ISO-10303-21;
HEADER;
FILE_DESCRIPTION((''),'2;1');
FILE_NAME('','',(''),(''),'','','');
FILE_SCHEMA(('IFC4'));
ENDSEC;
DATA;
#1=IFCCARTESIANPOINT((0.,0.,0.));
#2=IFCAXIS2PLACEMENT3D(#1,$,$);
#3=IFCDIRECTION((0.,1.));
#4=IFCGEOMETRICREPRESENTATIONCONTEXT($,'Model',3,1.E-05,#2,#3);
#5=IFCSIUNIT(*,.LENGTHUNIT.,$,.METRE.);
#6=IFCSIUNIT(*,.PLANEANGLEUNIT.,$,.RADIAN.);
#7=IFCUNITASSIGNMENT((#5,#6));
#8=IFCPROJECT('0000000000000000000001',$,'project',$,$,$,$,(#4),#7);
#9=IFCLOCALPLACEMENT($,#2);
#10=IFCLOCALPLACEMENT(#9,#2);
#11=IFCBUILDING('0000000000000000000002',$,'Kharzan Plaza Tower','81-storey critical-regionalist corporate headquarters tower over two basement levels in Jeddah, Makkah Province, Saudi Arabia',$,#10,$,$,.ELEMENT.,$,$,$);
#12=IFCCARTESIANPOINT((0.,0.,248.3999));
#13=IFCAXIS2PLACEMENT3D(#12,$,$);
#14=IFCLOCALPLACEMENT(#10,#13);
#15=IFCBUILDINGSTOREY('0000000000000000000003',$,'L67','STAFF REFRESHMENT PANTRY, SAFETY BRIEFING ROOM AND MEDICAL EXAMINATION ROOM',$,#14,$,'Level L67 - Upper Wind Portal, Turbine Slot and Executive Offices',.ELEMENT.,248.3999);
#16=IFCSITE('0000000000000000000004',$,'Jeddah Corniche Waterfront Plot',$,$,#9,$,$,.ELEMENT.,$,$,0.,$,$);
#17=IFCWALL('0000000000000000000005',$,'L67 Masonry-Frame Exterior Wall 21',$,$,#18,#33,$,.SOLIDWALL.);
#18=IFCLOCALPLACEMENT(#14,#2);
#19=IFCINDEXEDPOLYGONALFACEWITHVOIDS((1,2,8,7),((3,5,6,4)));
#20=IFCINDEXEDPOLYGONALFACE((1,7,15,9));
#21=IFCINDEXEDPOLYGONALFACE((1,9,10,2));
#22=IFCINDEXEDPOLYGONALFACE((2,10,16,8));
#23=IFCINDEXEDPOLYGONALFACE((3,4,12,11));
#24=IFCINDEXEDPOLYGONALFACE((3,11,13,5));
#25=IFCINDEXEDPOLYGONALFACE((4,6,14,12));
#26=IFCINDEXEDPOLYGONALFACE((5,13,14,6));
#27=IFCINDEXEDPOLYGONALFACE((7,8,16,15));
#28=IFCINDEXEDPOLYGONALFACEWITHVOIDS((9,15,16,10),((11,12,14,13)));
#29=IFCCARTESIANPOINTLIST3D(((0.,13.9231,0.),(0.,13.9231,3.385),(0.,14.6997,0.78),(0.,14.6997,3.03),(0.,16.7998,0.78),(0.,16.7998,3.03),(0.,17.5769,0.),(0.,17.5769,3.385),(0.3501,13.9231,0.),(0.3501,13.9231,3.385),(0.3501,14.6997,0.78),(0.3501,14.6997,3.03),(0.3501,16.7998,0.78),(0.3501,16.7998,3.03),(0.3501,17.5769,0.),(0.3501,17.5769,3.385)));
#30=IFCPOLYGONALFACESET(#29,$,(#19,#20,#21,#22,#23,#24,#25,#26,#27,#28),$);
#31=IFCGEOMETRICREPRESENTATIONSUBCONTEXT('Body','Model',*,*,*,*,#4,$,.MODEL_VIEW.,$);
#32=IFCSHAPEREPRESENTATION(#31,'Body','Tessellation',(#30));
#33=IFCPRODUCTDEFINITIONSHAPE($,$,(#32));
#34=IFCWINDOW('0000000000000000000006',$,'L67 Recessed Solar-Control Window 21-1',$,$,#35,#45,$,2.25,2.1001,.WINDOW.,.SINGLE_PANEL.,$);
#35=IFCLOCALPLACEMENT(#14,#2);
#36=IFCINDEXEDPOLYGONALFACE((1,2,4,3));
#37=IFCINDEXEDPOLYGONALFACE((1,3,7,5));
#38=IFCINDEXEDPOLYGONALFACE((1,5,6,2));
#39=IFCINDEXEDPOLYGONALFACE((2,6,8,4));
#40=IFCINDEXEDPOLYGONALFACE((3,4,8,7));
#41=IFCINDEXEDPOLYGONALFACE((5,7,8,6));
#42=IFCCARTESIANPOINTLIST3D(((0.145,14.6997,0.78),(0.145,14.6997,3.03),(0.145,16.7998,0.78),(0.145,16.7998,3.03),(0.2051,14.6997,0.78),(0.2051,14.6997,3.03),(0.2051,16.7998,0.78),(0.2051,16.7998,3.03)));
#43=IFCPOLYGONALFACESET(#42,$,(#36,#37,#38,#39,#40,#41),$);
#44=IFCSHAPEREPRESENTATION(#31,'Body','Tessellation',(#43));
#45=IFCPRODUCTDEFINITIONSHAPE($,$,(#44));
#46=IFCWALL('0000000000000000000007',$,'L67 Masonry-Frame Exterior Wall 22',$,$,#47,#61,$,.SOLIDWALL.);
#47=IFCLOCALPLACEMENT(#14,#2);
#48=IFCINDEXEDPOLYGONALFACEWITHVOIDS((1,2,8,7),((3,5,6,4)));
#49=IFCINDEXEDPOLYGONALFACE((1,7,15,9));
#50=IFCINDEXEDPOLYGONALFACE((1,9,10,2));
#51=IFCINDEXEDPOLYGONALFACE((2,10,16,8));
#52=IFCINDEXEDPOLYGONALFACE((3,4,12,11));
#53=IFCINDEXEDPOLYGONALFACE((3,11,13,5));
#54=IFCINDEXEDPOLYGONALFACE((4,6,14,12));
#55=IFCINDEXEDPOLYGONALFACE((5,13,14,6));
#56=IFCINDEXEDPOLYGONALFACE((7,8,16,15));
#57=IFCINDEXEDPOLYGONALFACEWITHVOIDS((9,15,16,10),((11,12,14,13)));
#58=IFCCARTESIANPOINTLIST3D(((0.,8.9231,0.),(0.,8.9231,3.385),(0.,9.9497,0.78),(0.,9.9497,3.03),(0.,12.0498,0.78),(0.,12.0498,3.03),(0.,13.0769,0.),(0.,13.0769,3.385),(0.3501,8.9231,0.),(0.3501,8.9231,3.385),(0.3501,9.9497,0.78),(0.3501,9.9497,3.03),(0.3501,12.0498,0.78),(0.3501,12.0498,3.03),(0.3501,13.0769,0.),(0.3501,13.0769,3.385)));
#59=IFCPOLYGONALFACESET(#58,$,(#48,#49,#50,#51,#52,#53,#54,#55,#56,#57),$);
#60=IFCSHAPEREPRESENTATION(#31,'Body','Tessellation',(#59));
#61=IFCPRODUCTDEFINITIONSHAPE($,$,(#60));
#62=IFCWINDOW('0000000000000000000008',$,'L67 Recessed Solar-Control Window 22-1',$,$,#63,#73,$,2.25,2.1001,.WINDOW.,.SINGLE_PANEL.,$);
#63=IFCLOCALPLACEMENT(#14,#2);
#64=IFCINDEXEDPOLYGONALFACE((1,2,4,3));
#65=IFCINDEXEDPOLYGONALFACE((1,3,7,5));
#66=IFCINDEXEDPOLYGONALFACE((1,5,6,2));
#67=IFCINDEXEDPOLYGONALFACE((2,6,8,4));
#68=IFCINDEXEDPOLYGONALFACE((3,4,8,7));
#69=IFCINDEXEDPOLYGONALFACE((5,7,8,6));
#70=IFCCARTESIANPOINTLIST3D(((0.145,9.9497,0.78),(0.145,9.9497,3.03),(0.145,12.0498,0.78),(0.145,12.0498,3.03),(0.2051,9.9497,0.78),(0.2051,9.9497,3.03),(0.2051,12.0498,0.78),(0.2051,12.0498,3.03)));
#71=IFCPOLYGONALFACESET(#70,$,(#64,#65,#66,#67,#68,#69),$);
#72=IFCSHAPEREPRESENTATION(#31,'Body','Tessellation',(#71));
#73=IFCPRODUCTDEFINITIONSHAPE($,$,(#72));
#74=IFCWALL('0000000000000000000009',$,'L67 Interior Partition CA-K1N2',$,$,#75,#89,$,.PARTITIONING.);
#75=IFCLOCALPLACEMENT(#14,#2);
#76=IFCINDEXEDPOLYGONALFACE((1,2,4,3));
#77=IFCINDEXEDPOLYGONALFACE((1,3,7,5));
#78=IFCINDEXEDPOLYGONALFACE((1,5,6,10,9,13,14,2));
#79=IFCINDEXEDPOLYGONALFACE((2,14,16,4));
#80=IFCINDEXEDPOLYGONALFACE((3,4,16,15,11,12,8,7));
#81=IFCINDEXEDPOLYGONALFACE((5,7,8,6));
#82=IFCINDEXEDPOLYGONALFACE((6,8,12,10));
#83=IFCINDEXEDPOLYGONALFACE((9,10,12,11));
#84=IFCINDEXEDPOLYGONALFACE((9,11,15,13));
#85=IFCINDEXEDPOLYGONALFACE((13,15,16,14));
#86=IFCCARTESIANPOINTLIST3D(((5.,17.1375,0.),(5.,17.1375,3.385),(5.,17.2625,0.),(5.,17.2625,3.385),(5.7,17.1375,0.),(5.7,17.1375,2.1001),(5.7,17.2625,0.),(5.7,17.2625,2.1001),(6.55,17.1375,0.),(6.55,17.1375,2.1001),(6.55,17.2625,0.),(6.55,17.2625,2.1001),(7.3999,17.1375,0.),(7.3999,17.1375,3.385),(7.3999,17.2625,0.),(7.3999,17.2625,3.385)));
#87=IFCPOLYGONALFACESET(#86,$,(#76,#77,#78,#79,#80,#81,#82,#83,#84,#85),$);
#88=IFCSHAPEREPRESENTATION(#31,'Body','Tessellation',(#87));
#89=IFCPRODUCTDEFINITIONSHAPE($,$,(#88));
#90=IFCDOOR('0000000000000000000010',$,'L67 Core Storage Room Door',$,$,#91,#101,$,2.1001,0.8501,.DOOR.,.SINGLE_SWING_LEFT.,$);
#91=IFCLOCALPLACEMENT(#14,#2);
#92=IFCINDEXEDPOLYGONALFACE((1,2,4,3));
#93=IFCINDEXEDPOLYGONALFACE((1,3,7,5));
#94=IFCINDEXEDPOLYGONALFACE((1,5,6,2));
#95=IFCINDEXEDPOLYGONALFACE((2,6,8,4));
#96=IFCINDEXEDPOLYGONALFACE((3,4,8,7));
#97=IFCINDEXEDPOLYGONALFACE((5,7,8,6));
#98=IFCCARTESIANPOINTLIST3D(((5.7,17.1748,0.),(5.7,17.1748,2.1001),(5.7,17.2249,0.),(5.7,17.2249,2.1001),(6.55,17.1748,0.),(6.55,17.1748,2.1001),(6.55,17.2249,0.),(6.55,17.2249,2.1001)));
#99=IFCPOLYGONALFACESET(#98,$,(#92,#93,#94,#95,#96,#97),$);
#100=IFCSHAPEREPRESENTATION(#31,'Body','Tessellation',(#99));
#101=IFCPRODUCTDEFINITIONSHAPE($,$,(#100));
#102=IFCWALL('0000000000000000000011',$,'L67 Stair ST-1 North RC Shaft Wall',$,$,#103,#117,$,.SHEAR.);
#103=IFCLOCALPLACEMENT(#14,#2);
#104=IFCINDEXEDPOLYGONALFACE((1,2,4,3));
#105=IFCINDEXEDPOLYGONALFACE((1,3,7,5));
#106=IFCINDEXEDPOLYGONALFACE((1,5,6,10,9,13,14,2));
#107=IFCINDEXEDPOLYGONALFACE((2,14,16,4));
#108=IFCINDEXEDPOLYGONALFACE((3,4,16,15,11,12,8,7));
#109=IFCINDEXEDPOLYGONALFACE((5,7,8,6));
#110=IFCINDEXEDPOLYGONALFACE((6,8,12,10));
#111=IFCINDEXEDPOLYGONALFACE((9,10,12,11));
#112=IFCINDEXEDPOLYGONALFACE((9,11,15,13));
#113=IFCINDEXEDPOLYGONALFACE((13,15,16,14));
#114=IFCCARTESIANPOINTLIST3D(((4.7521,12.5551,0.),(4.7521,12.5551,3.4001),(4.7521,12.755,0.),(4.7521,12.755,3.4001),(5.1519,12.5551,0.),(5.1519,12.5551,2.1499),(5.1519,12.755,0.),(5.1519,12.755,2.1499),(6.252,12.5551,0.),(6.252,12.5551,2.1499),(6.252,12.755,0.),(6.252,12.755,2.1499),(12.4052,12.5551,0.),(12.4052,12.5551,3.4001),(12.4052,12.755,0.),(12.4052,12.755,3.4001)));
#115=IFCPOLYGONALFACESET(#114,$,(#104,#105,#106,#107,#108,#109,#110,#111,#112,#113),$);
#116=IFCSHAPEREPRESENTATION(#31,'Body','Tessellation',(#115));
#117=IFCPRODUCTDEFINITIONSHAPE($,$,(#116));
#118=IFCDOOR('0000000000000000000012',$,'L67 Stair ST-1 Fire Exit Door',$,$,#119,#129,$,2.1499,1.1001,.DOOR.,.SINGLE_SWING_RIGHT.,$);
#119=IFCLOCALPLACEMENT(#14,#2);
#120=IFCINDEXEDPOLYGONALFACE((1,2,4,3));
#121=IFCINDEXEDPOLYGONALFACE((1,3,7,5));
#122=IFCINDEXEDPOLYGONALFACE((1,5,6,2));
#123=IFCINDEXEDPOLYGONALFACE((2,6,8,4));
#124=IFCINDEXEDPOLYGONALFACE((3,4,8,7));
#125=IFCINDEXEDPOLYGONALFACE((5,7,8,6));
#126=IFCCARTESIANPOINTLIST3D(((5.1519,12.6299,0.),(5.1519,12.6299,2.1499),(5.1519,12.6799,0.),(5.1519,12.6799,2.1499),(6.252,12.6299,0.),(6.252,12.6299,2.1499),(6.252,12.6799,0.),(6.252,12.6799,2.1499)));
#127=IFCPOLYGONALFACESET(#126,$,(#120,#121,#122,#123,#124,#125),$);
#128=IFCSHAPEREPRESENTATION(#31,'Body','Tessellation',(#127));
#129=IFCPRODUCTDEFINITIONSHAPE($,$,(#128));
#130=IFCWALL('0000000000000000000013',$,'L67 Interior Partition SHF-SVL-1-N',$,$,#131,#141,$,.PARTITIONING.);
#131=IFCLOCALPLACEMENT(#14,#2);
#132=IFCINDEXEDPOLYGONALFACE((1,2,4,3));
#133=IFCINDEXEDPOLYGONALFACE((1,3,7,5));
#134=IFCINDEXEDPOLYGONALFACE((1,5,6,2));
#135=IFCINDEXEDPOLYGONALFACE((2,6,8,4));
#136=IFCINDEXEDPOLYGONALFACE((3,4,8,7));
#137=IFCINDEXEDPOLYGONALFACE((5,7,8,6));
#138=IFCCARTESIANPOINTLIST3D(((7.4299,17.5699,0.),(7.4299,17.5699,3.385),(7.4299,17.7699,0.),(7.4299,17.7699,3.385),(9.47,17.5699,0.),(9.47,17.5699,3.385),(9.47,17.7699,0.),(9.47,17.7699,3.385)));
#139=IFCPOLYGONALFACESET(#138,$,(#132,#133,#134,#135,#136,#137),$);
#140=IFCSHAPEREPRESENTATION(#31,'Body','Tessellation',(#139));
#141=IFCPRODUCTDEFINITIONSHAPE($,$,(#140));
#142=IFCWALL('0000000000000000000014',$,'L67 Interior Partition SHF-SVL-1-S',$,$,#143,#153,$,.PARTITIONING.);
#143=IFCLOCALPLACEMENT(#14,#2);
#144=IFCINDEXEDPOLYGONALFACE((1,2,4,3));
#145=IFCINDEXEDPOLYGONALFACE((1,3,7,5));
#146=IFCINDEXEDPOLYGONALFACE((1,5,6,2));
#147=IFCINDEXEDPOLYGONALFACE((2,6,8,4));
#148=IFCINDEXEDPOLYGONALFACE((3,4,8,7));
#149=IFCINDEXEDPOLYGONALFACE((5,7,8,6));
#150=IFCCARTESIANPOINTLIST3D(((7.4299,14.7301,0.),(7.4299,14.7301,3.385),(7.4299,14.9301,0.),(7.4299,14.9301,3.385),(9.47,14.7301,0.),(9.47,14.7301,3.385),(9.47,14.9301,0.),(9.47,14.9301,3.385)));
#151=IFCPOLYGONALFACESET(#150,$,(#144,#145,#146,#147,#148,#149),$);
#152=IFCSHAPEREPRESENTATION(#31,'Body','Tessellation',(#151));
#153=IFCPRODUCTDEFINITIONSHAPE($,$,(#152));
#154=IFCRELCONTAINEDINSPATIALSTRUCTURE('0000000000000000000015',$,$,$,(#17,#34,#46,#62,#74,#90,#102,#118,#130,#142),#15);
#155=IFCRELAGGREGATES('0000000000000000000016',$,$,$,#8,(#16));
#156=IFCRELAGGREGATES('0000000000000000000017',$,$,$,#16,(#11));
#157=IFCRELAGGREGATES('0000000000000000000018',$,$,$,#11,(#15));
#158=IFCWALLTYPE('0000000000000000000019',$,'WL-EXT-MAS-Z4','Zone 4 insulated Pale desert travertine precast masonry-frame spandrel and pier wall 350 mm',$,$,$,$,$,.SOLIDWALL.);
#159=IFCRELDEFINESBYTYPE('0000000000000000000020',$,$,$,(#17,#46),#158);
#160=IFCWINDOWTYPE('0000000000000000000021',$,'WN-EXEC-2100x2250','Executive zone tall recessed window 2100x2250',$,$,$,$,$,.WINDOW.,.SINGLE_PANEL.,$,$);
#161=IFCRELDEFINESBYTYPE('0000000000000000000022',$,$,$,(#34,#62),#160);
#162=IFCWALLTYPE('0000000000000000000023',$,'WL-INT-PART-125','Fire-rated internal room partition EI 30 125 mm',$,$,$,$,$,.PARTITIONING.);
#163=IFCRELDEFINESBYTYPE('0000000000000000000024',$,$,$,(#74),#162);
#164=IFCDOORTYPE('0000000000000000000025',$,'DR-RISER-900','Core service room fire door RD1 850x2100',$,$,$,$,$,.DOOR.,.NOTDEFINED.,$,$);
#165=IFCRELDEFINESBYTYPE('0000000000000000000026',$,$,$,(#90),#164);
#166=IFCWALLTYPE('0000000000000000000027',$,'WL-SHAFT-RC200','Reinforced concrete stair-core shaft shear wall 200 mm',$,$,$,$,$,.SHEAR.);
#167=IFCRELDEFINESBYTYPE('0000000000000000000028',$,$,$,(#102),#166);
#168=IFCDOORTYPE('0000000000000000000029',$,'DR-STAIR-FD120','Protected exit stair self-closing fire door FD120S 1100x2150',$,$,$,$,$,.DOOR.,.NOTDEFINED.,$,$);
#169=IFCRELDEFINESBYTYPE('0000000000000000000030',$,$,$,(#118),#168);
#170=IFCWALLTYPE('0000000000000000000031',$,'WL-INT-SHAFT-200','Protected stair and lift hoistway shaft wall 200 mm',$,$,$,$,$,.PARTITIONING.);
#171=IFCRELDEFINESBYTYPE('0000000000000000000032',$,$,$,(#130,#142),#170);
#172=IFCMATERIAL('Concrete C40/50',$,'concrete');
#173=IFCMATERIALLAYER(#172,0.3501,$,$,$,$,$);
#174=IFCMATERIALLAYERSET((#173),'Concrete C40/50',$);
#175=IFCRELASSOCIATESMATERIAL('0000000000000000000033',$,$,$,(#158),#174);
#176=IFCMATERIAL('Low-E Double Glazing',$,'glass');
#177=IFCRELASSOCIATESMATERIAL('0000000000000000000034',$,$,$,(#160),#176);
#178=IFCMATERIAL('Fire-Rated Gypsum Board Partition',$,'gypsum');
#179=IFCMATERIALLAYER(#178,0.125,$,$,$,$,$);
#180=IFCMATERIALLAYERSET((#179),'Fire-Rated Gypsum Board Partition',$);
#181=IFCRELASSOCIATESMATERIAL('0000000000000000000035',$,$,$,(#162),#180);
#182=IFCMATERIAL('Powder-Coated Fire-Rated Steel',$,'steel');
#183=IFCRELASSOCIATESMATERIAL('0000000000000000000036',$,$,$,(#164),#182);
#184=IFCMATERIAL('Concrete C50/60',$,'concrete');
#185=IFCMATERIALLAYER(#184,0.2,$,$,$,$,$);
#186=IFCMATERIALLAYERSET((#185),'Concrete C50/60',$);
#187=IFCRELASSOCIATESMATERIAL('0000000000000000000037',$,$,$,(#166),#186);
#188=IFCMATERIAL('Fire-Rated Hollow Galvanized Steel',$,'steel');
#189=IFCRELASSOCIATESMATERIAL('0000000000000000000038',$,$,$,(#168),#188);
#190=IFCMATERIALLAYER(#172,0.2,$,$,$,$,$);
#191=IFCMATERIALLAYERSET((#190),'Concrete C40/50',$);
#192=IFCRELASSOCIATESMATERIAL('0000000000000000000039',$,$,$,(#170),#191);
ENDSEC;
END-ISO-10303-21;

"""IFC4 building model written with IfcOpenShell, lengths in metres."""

from ifc_helpers import new_model, si_unit, direction, frame, frame_2d, origin, place, context, subcontext, project, spatial, rectangle, extrude, source, transform, mapped, material, layer, layer_set, type_object, element, fill, save


model = new_model("IFC4")

# Units and contexts
model_context = context("Model", 3, precision=1e-05, world=origin(), true_north=direction((0.0, 1.0)))
body_context = subcontext(model_context, "Body", "Model", "MODEL_VIEW")
ifc_project = project(units=[si_unit("LENGTHUNIT", "METRE"), si_unit("PLANEANGLEUNIT", "RADIAN")], contexts=[model_context])

# Site, building, storey
site_placement = place(None, origin())
site = spatial("IfcSite", under=ifc_project, at=site_placement, Name="Jeddah Corniche Waterfront Plot", CompositionType="ELEMENT", RefElevation=0.0)
building_placement = place(site_placement, origin())
building = spatial("IfcBuilding", under=site, at=building_placement, Name="Kharzan Plaza Tower", Description="81-storey critical-regionalist corporate headquarters tower over two basement levels in Jeddah, Makkah Province, Saudi Arabia", CompositionType="ELEMENT")
storey_placement = place(building_placement, frame((0.0, 0.0, 248.3999)))
storey = spatial("IfcBuildingStorey", under=building, at=storey_placement, Name="L67", Description="STAFF REFRESHMENT PANTRY, SAFETY BRIEFING ROOM AND MEDICAL EXAMINATION ROOM", LongName="Level L67 - Upper Wind Portal, Turbine Slot and Executive Offices", CompositionType="ELEMENT", Elevation=248.3999)

# Shared definitions
ifc_material_1 = material(Name="Concrete C50/60", Category="concrete")

# Walls, openings, windows
ifc_material_2 = material(Name="Concrete C40/50", Category="concrete")
ifc_layer_1 = layer(ifc_material_2, 0.3501)
ifc_layer_set_1 = layer_set([ifc_layer_1], Name="Concrete C40/50")
wall_type_1 = type_object("IfcWallType", Name="WL-EXT-MAS-Z4", Description="Zone 4 insulated Pale desert travertine precast masonry-frame spandrel and pier wall 350 mm", PredefinedType="SOLIDWALL", material=ifc_layer_set_1)
wall_1_placement = place(storey_placement, frame((0.175, 17.5769, 0.0), z_axis=(0.0, 0.0, 1.0), x_axis=(0.0, -1.0, 0.0)))
wall_1 = element("IfcWall", 1, at=wall_1_placement, inside=storey, type_object=wall_type_1, Name="L67 Masonry-Frame Exterior Wall 21", PredefinedType="SOLIDWALL", context=body_context, shape_type="SweptSolid", body=[
    extrude(rectangle(XDim=3.6538, YDim=0.3501, at=frame_2d((1.8269, 0.0))), origin(), (0.0, 0.0, 1.0), 3.385),
])
opening_1_placement = place(wall_1_placement, frame((0.7771, 0.0, 0.78)))
opening_1 = element("IfcOpeningElement", 2, at=opening_1_placement, cuts=wall_1, PredefinedType="OPENING", context=body_context, shape_type="SweptSolid", body=[
    extrude(rectangle(XDim=2.1001, YDim=2.25, at=frame_2d((1.05, 1.125))), frame((0.0, 0.1851, 0.0), z_axis=(0.0, -1.0, 0.0), x_axis=(1.0, 0.0, 0.0)), (0.0, 0.0, 1.0), 0.3701),
])
ifc_material_3 = material(Name="Low-E Double Glazing", Category="glass")
window_type = type_object("IfcWindowType", Name="WN-EXEC-2100x2250", Description="Executive zone tall recessed window 2100x2250", PartitioningType="SINGLE_PANEL", PredefinedType="WINDOW", material=ifc_material_3)
shared_shape_1 = source(origin(), body_context, "Body", "SweptSolid", [
    extrude(rectangle(XDim=2.1001, YDim=2.25, at=frame_2d((1.05, 1.125))), frame((0.0, 0.03, 0.0), z_axis=(0.0, -1.0, 0.0), x_axis=(1.0, 0.0, 0.0)), (0.0, 0.0, 1.0), 0.0601),
])
window_1_placement = place(opening_1_placement, origin())
window_1 = element("IfcWindow", 3, at=window_1_placement, inside=storey, type_object=window_type, Name="L67 Recessed Solar-Control Window 21-1", OverallHeight=2.25, OverallWidth=2.1001, PartitioningType="SINGLE_PANEL", PredefinedType="WINDOW", context=body_context, shape_type="MappedRepresentation", body=[
    mapped(shared_shape_1, transform((0.0, 0.0, 0.0), x_axis=(1.0, 0.0, 0.0), y_axis=(0.0, 1.0, 0.0), z_axis=(0.0, 0.0, 1.0))),
])
fill(opening_1, window_1)
wall_2_placement = place(storey_placement, frame((0.175, 13.0769, 0.0), z_axis=(0.0, 0.0, 1.0), x_axis=(0.0, -1.0, 0.0)))
wall_2 = element("IfcWall", 4, at=wall_2_placement, inside=storey, type_object=wall_type_1, Name="L67 Masonry-Frame Exterior Wall 22", PredefinedType="SOLIDWALL", context=body_context, shape_type="SweptSolid", body=[
    extrude(rectangle(XDim=4.1538, YDim=0.3501, at=frame_2d((2.0769, 0.0))), origin(), (0.0, 0.0, 1.0), 3.385),
])
opening_2_placement = place(wall_2_placement, frame((1.0271, 0.0, 0.78)))
opening_2 = element("IfcOpeningElement", 5, at=opening_2_placement, cuts=wall_2, PredefinedType="OPENING", context=body_context, shape_type="SweptSolid", body=[
    extrude(rectangle(XDim=2.1001, YDim=2.25, at=frame_2d((1.05, 1.125))), frame((0.0, 0.1851, 0.0), z_axis=(0.0, -1.0, 0.0), x_axis=(1.0, 0.0, 0.0)), (0.0, 0.0, 1.0), 0.3701),
])
window_2_placement = place(opening_2_placement, origin())
window_2 = element("IfcWindow", 6, at=window_2_placement, inside=storey, type_object=window_type, Name="L67 Recessed Solar-Control Window 22-1", OverallHeight=2.25, OverallWidth=2.1001, PartitioningType="SINGLE_PANEL", PredefinedType="WINDOW", context=body_context, shape_type="MappedRepresentation", body=[
    mapped(shared_shape_1, transform((0.0, 0.0, 0.0), x_axis=(1.0, 0.0, 0.0), y_axis=(0.0, 1.0, 0.0), z_axis=(0.0, 0.0, 1.0))),
])
fill(opening_2, window_2)

# Walls, openings, doors
ifc_material_4 = material(Name="Fire-Rated Gypsum Board Partition", Category="gypsum")
ifc_layer_2 = layer(ifc_material_4, 0.125)
ifc_layer_set_2 = layer_set([ifc_layer_2], Name="Fire-Rated Gypsum Board Partition")
wall_type_2 = type_object("IfcWallType", Name="WL-INT-PART-125", Description="Fire-rated internal room partition EI 30 125 mm", PredefinedType="PARTITIONING", material=ifc_layer_set_2)
wall_3_placement = place(storey_placement, frame((5.0, 17.2, 0.0), z_axis=(0.0, 0.0, 1.0), x_axis=(1.0, 0.0, 0.0)))
wall_3 = element("IfcWall", 7, at=wall_3_placement, inside=storey, type_object=wall_type_2, Name="L67 Interior Partition CA-K1N2", PredefinedType="PARTITIONING", context=body_context, shape_type="SweptSolid", body=[
    extrude(rectangle(XDim=2.3999, YDim=0.125, at=frame_2d((1.2, 0.0))), origin(), (0.0, 0.0, 1.0), 3.385),
])
opening_3_placement = place(wall_3_placement, frame((0.7, 0.0, 0.0)))
opening_3 = element("IfcOpeningElement", 8, at=opening_3_placement, cuts=wall_3, PredefinedType="OPENING", context=body_context, shape_type="SweptSolid", body=[
    extrude(rectangle(XDim=0.8501, YDim=2.1001, at=frame_2d((0.425, 1.05))), frame((0.0, 0.0725, 0.0), z_axis=(0.0, -1.0, 0.0), x_axis=(1.0, 0.0, 0.0)), (0.0, 0.0, 1.0), 0.145),
])
ifc_material_5 = material(Name="Powder-Coated Fire-Rated Steel", Category="steel")
door_type_1 = type_object("IfcDoorType", Name="DR-RISER-900", Description="Core service room fire door RD1 850x2100", OperationType="NOTDEFINED", PredefinedType="DOOR", material=ifc_material_5)
shared_shape_2 = source(origin(), body_context, "Body", "SweptSolid", [
    extrude(rectangle(XDim=0.8501, YDim=2.1001, at=frame_2d((0.425, 1.05))), frame((0.0, 0.0249, 0.0), z_axis=(0.0, -1.0, 0.0), x_axis=(1.0, 0.0, 0.0)), (0.0, 0.0, 1.0), 0.05),
])
door_1_placement = place(opening_3_placement, origin())
door_1 = element("IfcDoor", 9, at=door_1_placement, inside=storey, type_object=door_type_1, Name="L67 Core Storage Room Door", OperationType="SINGLE_SWING_LEFT", OverallHeight=2.1001, OverallWidth=0.8501, PredefinedType="DOOR", context=body_context, shape_type="MappedRepresentation", body=[
    mapped(shared_shape_2, transform((0.0, 0.0, 0.0), x_axis=(1.0, 0.0, 0.0), y_axis=(0.0, 1.0, 0.0), z_axis=(0.0, 0.0, 1.0))),
])
fill(opening_3, door_1)
ifc_layer_3 = layer(ifc_material_1, 0.2)
ifc_layer_set_3 = layer_set([ifc_layer_3], Name="Concrete C50/60")
wall_type_3 = type_object("IfcWallType", Name="WL-SHAFT-RC200", Description="Reinforced concrete stair-core shaft shear wall 200 mm", PredefinedType="SHEAR", material=ifc_layer_set_3)
wall_4_placement = place(storey_placement, frame((4.752, 12.655, 0.0), z_axis=(0.0, 0.0, 1.0), x_axis=(1.0, 0.0, 0.0)))
wall_4 = element("IfcWall", 10, at=wall_4_placement, inside=storey, type_object=wall_type_3, Name="L67 Stair ST-1 North RC Shaft Wall", PredefinedType="SHEAR", context=body_context, shape_type="SweptSolid", body=[
    extrude(rectangle(XDim=7.6531, YDim=0.2, at=frame_2d((3.8267, 0.0))), origin(), (0.0, 0.0, 1.0), 3.4001),
])
opening_4_placement = place(wall_4_placement, frame((0.3999, 0.0, 0.0)))
opening_4 = element("IfcOpeningElement", 11, at=opening_4_placement, cuts=wall_4, PredefinedType="OPENING", context=body_context, shape_type="SweptSolid", body=[
    extrude(rectangle(XDim=1.1001, YDim=2.1499, at=frame_2d((0.55, 1.075))), frame((0.0, 0.1099, 0.0), z_axis=(0.0, -1.0, 0.0), x_axis=(1.0, 0.0, 0.0)), (0.0, 0.0, 1.0), 0.22),
])
ifc_material_6 = material(Name="Fire-Rated Hollow Galvanized Steel", Category="steel")
door_type_2 = type_object("IfcDoorType", Name="DR-STAIR-FD120", Description="Protected exit stair self-closing fire door FD120S 1100x2150", OperationType="NOTDEFINED", PredefinedType="DOOR", material=ifc_material_6)
shared_shape_3 = source(origin(), body_context, "Body", "SweptSolid", [
    extrude(rectangle(XDim=1.1001, YDim=2.1499, at=frame_2d((0.55, 1.075))), frame((0.0, 0.0249, 0.0), z_axis=(0.0, -1.0, 0.0), x_axis=(1.0, 0.0, 0.0)), (0.0, 0.0, 1.0), 0.05),
])
door_2_placement = place(opening_4_placement, origin())
door_2 = element("IfcDoor", 12, at=door_2_placement, inside=storey, type_object=door_type_2, Name="L67 Stair ST-1 Fire Exit Door", OperationType="SINGLE_SWING_RIGHT", OverallHeight=2.1499, OverallWidth=1.1001, PredefinedType="DOOR", context=body_context, shape_type="MappedRepresentation", body=[
    mapped(shared_shape_3, transform((0.0, 0.0, 0.0), x_axis=(1.0, 0.0, 0.0), y_axis=(0.0, 1.0, 0.0), z_axis=(0.0, 0.0, 1.0))),
])
fill(opening_4, door_2)

# Walls
ifc_layer_4 = layer(ifc_material_2, 0.2)
ifc_layer_set_4 = layer_set([ifc_layer_4], Name="Concrete C40/50")
wall_type_4 = type_object("IfcWallType", Name="WL-INT-SHAFT-200", Description="Protected stair and lift hoistway shaft wall 200 mm", PredefinedType="PARTITIONING", material=ifc_layer_set_4)
shared_shape_4 = source(origin(), body_context, "Body", "SweptSolid", [
    extrude(rectangle(XDim=2.04, YDim=0.2, at=frame_2d((1.02, 0.0))), origin(), (0.0, 0.0, 1.0), 3.385),
])
for number, where, z_axis, x_axis, name in (
    (13, (7.4299, 17.6699, 0.0), (0.0, 0.0, 1.0), (1.0, 0.0, 0.0), "L67 Interior Partition SHF-SVL-1-N"),
    (14, (7.4299, 14.8301, 0.0), (0.0, 0.0, 1.0), (1.0, 0.0, 0.0), "L67 Interior Partition SHF-SVL-1-S"),
):
    element("IfcWall", number, at=place(storey_placement, frame(where, z_axis=z_axis, x_axis=x_axis)), inside=storey, type_object=wall_type_4, Name=name, PredefinedType="PARTITIONING", context=body_context, shape_type="MappedRepresentation", body=[
        mapped(shared_shape_4, transform((0.0, 0.0, 0.0), x_axis=(1.0, 0.0, 0.0), y_axis=(0.0, 1.0, 0.0), z_axis=(0.0, 0.0, 1.0))),
    ])

save(model, "model.ifc")
